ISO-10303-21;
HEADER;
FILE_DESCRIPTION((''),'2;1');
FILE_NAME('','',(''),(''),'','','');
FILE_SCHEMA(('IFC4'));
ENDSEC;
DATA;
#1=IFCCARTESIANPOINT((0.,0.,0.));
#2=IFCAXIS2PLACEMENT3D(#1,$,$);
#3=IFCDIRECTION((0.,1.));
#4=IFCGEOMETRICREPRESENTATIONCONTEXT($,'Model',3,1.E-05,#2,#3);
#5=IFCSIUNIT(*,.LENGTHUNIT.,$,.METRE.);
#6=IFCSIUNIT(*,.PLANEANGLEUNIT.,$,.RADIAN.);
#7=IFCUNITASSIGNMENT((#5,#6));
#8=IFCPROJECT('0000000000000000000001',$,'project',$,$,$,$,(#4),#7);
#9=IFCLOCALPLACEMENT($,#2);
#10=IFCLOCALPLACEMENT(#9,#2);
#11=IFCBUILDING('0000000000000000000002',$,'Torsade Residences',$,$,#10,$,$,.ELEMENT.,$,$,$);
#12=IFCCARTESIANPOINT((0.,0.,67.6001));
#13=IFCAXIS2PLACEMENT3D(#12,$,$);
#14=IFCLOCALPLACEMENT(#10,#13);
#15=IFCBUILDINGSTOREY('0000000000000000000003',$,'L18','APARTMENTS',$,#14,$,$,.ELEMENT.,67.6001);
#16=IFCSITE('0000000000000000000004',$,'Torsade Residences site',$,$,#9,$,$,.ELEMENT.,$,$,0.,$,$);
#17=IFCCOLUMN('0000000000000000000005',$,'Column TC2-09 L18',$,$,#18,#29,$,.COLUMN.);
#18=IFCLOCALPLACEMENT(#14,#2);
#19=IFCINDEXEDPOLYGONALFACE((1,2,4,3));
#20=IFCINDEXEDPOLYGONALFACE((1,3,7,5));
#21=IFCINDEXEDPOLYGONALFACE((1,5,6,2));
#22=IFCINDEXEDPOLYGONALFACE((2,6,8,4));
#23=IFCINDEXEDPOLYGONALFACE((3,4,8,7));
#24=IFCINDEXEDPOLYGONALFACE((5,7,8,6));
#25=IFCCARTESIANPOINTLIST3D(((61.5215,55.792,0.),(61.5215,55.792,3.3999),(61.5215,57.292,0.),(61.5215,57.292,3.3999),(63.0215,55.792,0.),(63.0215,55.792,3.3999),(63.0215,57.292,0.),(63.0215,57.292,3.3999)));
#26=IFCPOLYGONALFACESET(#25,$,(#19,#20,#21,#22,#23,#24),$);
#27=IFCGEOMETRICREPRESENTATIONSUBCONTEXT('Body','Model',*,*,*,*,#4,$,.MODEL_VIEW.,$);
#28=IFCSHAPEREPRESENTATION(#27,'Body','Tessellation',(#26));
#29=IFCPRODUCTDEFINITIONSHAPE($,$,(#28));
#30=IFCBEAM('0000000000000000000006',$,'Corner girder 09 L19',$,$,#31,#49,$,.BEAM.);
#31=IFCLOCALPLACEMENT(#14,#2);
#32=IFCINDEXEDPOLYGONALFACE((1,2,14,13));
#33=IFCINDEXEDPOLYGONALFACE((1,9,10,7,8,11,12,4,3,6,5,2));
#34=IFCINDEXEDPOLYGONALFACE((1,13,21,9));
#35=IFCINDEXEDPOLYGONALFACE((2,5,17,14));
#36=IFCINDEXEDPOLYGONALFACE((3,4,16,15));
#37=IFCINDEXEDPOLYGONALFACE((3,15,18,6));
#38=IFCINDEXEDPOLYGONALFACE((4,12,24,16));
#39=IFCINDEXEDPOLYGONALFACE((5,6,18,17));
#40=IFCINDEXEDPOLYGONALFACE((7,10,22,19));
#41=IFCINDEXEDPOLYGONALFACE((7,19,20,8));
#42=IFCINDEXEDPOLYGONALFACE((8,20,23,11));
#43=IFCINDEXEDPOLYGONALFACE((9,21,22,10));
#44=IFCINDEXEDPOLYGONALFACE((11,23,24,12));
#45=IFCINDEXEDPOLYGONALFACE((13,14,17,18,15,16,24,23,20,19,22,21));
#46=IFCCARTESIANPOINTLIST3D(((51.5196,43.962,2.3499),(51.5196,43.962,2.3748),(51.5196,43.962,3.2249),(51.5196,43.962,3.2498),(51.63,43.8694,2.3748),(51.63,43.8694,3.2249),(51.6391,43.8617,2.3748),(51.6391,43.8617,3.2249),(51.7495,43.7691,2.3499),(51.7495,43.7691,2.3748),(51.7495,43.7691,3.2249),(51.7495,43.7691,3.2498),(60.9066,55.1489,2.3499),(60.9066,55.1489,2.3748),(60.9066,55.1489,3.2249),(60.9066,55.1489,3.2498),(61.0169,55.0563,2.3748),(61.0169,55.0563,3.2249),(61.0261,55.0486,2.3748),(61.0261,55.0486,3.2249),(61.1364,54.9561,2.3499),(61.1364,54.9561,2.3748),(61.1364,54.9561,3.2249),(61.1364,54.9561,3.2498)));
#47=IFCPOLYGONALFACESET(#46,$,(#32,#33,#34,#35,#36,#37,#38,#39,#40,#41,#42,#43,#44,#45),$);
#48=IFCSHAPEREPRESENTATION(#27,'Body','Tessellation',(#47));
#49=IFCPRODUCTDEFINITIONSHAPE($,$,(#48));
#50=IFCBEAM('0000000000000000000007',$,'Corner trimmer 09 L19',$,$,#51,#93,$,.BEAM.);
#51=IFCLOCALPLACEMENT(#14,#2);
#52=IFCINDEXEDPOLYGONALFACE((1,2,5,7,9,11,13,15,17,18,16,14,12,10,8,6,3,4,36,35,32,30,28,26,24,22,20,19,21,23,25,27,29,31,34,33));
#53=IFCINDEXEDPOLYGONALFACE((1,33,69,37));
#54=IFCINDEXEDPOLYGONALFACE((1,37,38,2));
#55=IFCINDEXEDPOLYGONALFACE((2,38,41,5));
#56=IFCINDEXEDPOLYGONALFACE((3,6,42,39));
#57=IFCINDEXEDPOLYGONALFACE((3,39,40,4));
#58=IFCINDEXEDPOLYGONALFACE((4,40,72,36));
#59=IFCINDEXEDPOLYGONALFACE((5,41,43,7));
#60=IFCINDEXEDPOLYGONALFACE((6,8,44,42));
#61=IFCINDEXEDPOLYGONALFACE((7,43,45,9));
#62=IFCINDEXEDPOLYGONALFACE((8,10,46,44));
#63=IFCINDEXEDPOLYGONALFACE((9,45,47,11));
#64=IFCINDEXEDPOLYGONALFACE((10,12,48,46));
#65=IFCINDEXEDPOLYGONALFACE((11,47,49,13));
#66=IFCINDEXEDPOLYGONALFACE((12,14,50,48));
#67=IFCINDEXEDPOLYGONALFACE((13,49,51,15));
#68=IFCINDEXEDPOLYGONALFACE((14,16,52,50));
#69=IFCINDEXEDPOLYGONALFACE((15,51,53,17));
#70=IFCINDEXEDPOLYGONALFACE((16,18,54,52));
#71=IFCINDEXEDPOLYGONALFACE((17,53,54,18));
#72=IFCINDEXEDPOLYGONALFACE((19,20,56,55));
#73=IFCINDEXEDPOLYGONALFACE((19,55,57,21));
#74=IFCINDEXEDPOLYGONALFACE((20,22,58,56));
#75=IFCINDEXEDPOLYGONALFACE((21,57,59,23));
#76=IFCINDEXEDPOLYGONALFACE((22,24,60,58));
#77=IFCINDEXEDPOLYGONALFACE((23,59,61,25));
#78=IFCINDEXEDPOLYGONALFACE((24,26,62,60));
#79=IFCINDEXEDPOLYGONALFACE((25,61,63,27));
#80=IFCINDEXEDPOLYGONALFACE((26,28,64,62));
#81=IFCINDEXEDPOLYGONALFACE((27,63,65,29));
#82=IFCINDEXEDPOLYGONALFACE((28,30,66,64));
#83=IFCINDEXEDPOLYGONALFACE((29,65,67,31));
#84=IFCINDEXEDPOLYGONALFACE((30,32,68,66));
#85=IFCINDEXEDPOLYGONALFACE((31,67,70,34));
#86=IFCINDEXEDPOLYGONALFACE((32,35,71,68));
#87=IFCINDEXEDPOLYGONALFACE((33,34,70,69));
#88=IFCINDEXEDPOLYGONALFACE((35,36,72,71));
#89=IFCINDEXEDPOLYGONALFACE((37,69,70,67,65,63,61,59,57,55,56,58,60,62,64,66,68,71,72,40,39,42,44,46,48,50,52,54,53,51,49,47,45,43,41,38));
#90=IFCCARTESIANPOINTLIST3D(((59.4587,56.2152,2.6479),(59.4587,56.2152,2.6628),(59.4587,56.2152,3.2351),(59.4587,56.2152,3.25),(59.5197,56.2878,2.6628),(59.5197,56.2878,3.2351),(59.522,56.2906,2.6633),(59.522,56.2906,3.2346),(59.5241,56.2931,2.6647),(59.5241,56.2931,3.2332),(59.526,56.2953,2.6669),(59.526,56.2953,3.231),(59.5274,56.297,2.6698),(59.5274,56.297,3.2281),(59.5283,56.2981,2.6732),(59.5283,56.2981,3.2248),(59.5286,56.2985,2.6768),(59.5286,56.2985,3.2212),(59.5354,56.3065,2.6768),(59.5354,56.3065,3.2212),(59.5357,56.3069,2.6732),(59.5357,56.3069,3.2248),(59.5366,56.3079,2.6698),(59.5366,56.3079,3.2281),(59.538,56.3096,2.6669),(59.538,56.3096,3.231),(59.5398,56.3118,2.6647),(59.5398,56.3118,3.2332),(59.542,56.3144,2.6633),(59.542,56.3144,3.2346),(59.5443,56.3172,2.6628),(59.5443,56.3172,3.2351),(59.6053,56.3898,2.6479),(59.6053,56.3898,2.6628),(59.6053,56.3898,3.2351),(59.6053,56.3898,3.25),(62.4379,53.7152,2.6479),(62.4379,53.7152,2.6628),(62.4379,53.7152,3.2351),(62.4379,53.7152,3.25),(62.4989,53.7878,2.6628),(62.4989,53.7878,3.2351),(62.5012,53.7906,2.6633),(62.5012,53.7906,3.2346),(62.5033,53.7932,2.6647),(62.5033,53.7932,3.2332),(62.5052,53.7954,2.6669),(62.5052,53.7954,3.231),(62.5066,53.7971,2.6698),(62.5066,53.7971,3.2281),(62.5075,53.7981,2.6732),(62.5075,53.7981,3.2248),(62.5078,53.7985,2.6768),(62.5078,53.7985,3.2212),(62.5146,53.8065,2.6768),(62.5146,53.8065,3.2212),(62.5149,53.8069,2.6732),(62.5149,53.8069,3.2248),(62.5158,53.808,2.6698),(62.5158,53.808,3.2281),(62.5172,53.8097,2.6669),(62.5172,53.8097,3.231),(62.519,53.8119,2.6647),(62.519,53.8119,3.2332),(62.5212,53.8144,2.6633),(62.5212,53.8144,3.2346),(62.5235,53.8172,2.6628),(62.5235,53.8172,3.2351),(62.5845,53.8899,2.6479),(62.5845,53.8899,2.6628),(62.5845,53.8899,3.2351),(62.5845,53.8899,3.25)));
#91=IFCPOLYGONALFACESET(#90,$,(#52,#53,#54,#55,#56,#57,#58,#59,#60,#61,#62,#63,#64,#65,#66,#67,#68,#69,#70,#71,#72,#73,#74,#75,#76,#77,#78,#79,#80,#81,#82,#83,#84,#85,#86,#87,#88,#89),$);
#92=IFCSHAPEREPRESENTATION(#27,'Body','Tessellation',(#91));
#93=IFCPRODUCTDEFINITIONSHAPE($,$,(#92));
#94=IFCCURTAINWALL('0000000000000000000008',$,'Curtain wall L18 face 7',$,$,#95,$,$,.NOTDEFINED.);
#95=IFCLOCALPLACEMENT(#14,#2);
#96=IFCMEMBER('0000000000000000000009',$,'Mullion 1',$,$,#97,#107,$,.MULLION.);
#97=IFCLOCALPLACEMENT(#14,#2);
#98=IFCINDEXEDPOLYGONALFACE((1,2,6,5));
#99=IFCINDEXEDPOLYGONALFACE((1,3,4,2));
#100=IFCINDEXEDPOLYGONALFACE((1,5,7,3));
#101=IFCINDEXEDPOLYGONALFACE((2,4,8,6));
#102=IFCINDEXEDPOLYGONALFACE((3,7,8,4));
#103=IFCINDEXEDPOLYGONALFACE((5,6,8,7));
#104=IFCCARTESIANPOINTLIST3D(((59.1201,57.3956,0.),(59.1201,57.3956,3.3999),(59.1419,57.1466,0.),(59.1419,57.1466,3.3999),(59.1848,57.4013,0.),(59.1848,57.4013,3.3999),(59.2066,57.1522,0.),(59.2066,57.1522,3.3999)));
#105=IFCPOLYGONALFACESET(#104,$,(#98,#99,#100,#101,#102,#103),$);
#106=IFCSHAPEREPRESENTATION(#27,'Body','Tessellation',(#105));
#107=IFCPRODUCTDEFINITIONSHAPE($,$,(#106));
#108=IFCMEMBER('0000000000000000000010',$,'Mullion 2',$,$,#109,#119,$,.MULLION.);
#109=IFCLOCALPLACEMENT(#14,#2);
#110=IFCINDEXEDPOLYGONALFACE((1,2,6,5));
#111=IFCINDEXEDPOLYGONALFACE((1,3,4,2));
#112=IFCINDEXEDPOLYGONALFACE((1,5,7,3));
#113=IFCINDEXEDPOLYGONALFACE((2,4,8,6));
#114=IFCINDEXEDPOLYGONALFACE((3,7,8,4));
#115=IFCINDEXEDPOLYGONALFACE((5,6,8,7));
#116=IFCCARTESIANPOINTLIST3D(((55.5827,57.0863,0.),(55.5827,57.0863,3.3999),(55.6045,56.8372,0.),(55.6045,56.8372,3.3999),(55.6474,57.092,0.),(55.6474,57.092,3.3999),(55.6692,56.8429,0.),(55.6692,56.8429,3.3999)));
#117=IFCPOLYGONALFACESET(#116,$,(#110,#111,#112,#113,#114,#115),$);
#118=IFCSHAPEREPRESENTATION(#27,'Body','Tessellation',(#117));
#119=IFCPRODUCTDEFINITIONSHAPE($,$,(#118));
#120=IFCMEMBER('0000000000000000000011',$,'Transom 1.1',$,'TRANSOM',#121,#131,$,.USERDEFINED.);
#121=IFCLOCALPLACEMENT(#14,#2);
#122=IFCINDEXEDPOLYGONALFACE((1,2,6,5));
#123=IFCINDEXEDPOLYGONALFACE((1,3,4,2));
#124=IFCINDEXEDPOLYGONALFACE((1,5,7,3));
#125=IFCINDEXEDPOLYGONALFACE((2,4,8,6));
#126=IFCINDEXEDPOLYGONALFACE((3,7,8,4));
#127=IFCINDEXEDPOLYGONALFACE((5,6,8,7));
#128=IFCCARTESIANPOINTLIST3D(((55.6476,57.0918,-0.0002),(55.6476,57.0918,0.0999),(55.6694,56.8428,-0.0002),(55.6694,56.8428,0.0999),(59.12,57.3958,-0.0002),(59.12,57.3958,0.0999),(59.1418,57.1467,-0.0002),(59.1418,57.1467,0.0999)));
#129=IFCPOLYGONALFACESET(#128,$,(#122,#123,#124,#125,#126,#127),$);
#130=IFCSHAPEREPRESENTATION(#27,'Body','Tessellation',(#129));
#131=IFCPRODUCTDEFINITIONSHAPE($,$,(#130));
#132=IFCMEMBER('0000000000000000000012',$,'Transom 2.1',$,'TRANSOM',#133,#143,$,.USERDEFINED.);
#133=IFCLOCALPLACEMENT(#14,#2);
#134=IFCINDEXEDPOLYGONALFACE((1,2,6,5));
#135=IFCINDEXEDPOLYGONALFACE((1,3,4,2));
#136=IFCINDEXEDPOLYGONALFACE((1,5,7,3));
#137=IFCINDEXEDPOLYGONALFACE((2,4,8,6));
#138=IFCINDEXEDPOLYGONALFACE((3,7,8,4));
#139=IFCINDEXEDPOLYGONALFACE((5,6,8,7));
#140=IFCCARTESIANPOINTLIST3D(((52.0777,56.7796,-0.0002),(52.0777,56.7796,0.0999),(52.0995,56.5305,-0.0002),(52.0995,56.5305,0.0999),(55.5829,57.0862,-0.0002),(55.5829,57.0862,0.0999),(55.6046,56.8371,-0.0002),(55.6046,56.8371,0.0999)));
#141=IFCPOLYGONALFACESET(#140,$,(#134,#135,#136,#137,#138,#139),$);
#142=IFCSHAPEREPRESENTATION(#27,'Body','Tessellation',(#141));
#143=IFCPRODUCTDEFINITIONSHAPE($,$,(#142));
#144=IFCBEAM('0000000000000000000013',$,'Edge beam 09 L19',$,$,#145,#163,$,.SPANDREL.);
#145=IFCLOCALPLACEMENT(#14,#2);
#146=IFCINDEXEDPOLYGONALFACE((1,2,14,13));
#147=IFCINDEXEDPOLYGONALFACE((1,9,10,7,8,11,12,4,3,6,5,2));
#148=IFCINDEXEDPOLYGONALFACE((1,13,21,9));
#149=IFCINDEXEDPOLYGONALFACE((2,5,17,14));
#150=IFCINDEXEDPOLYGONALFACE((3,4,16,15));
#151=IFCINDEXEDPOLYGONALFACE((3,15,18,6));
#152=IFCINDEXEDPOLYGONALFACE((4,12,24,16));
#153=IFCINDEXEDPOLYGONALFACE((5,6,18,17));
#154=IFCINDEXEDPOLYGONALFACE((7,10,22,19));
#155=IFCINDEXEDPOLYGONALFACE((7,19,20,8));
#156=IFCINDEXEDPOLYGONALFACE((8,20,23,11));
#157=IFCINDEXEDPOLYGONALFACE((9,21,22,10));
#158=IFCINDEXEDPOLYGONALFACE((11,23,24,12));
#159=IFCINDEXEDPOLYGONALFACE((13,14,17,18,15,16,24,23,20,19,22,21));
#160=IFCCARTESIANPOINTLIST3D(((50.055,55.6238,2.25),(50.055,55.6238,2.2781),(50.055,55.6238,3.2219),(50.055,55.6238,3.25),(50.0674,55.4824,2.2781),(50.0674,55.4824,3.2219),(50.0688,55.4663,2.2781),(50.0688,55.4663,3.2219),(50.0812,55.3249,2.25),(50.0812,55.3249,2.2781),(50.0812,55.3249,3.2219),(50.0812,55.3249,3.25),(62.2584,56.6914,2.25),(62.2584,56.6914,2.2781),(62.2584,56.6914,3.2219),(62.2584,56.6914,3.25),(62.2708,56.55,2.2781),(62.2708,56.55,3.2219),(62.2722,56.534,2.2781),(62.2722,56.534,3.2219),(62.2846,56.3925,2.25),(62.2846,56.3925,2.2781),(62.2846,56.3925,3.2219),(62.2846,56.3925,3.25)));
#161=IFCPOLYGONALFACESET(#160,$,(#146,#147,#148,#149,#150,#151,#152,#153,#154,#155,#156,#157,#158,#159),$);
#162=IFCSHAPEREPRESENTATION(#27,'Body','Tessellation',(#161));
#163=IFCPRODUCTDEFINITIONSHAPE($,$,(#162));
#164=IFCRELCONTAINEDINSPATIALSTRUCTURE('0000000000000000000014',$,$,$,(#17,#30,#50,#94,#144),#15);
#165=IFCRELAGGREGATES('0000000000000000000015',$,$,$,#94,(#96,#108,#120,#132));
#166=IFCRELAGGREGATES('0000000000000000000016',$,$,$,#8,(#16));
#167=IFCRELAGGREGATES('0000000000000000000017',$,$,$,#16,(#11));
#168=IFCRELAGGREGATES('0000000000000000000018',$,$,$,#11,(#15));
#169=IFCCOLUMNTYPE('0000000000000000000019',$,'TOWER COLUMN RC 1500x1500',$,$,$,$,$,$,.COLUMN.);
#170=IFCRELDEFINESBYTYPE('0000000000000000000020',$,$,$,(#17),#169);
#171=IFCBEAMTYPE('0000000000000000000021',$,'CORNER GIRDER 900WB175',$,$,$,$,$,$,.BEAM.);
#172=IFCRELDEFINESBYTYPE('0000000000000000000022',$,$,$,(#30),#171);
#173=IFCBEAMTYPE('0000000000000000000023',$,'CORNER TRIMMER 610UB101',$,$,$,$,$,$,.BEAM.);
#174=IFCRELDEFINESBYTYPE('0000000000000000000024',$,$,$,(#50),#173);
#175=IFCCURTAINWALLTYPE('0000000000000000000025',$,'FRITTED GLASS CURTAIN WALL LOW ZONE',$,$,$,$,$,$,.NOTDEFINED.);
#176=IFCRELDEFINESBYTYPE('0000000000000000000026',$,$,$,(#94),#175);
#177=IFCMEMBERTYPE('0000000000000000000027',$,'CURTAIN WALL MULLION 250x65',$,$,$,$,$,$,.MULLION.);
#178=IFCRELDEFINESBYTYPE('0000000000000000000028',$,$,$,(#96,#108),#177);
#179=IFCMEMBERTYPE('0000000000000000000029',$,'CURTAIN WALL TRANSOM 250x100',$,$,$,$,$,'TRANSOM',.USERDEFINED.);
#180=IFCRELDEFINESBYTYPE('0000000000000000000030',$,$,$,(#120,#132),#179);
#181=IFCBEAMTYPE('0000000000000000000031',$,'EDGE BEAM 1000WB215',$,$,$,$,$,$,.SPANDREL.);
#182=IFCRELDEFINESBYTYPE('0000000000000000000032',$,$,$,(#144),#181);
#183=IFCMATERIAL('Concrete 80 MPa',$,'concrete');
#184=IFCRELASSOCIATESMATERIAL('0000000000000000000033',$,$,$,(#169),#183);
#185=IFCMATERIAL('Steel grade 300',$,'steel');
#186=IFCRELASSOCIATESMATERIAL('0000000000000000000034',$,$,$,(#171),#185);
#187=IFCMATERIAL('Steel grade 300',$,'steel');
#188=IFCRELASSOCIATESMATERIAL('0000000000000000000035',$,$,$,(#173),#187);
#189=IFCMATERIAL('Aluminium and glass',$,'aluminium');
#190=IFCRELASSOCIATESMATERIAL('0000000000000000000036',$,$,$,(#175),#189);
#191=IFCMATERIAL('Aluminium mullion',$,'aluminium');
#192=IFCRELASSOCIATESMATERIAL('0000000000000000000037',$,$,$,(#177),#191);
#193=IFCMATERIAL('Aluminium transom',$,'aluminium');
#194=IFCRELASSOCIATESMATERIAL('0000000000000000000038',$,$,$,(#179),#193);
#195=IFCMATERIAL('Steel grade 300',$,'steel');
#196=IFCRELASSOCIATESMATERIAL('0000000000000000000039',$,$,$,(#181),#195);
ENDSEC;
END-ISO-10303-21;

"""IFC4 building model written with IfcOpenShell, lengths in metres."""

from ifc_helpers import new_model, si_unit, direction, frame, origin, origin_2d, place, context, subcontext, project, spatial, rectangle, i_section, extrude, material, material_profile, profile_set, type_object, element, aggregate, save


model = new_model("IFC4")

# Units and contexts
model_context = context("Model", 3, precision=1e-05, world=origin(), true_north=direction((0.0, 1.0)))
body_context = subcontext(model_context, "Body", "Model", "MODEL_VIEW")
ifc_project = project(units=[si_unit("LENGTHUNIT", "METRE"), si_unit("PLANEANGLEUNIT", "RADIAN")], contexts=[model_context])

# Site, building, storey
site_placement = place(None, origin())
site = spatial("IfcSite", under=ifc_project, at=site_placement, Name="Torsade Residences site", CompositionType="ELEMENT", RefElevation=0.0)
building_placement = place(site_placement, origin())
building = spatial("IfcBuilding", under=site, at=building_placement, Name="Torsade Residences", CompositionType="ELEMENT")
storey_placement = place(building_placement, frame((0.0, 0.0, 67.6001)))
storey = spatial("IfcBuildingStorey", under=building, at=storey_placement, Name="L18", Description="APARTMENTS", CompositionType="ELEMENT", Elevation=67.6001)

# Column
ifc_material_1 = material(Name="Concrete 80 MPa", Category="concrete")
ifc_material_profile_1 = material_profile(ifc_material_1, rectangle(XDim=1.5, YDim=1.5, at=origin_2d()), Name="RC 1500x1500")
ifc_profile_set_1 = profile_set([ifc_material_profile_1], Name="Concrete 80 MPa")
column_type = type_object("IfcColumnType", Name="TOWER COLUMN RC 1500x1500", PredefinedType="COLUMN", material=ifc_profile_set_1)
column_placement = place(storey_placement, frame((62.2715, 56.542, 0.0), z_axis=(0.0, 0.0, 1.0), x_axis=(1.0, 0.0, 0.0)))
element("IfcColumn", 1, at=column_placement, inside=storey, type_object=column_type, Name="Column TC2-09 L18", PredefinedType="COLUMN", context=body_context, shape_type="SweptSolid", body=[
    extrude(rectangle(XDim=1.5, YDim=1.5, at=origin_2d()), origin(), (0.0, 0.0, 1.0), 3.3999),
])

# Beams
ifc_material_2 = material(Name="Steel grade 300", Category="steel")
ifc_material_profile_2 = material_profile(ifc_material_2, i_section(OverallWidth=0.3, OverallDepth=0.8999, WebThickness=0.012, FlangeThickness=0.0249, at=origin_2d()), Name="900WB175")
ifc_profile_set_2 = profile_set([ifc_material_profile_2], Name="Steel grade 300")
beam_type_1 = type_object("IfcBeamType", Name="CORNER GIRDER 900WB175", PredefinedType="BEAM", material=ifc_profile_set_2)
beam_1_placement = place(storey_placement, frame((61.0215, 55.0525, 2.7998), z_axis=(-0.642785, -0.766046, 0.0), x_axis=(0.766046, -0.642785, 0.0)))
element("IfcBeam", 2, at=beam_1_placement, inside=storey, type_object=beam_type_1, Name="Corner girder 09 L19", PredefinedType="BEAM", context=body_context, shape_type="SweptSolid", body=[
    extrude(i_section(OverallWidth=0.3, OverallDepth=0.8999, WebThickness=0.012, FlangeThickness=0.0249, at=origin_2d()), origin(), (0.0, 0.0, 1.0), 14.6035),
])
ifc_material_3 = material(Name="Steel grade 300", Category="steel")
ifc_material_profile_3 = material_profile(ifc_material_3, i_section(OverallWidth=0.228, OverallDepth=0.6021, WebThickness=0.0105, FlangeThickness=0.0149, FilletRadius=0.0139, at=origin_2d()), Name="610UB101")
ifc_profile_set_3 = profile_set([ifc_material_profile_3], Name="Steel grade 300")
beam_type_2 = type_object("IfcBeamType", Name="CORNER TRIMMER 610UB101", PredefinedType="BEAM", material=ifc_profile_set_3)
beam_2_placement = place(storey_placement, frame((59.532, 56.3025, 2.949), z_axis=(0.76603, -0.642805, 0.0), x_axis=(0.642805, 0.76603, 0.0)))
element("IfcBeam", 3, at=beam_2_placement, inside=storey, type_object=beam_type_2, Name="Corner trimmer 09 L19", PredefinedType="BEAM", context=body_context, shape_type="SweptSolid", body=[
    extrude(i_section(OverallWidth=0.228, OverallDepth=0.6021, WebThickness=0.0105, FlangeThickness=0.0149, FilletRadius=0.0139, at=origin_2d()), origin(), (0.0, 0.0, 1.0), 3.8892),
])

# Curtain wall, members
ifc_material_4 = material(Name="Aluminium and glass", Category="aluminium")
curtain_wall_type = type_object("IfcCurtainWallType", Name="FRITTED GLASS CURTAIN WALL LOW ZONE", PredefinedType="NOTDEFINED", material=ifc_material_4)
curtain_wall_placement = place(storey_placement, origin())
curtain_wall = element("IfcCurtainWall", 4, at=curtain_wall_placement, inside=storey, type_object=curtain_wall_type, Name="Curtain wall L18 face 7", PredefinedType="NOTDEFINED")
ifc_material_5 = material(Name="Aluminium mullion", Category="aluminium")
ifc_material_profile_4 = material_profile(ifc_material_5, rectangle(XDim=0.25, YDim=0.0649, at=origin_2d()), Name="CURTAIN WALL MULLION 250x65")
ifc_profile_set_4 = profile_set([ifc_material_profile_4], Name="Aluminium mullion")
member_type_1 = type_object("IfcMemberType", Name="CURTAIN WALL MULLION 250x65", PredefinedType="MULLION", material=ifc_profile_set_4)
member_1_placement = place(storey_placement, frame((59.1633, 57.2739, 0.0), z_axis=(0.0, 0.0, 1.0), x_axis=(0.087156, -0.996195, 0.0)))
member_1 = element("IfcMember", 5, at=member_1_placement, type_object=member_type_1, Name="Mullion 1", PredefinedType="MULLION", context=body_context, shape_type="SweptSolid", body=[
    extrude(rectangle(XDim=0.25, YDim=0.0649, at=origin_2d()), origin(), (0.0, 0.0, 1.0), 3.3999),
])
member_2_placement = place(storey_placement, frame((55.626, 56.9646, 0.0), z_axis=(0.0, 0.0, 1.0), x_axis=(0.087156, -0.996195, 0.0)))
member_2 = element("IfcMember", 6, at=member_2_placement, type_object=member_type_1, Name="Mullion 2", PredefinedType="MULLION", context=body_context, shape_type="SweptSolid", body=[
    extrude(rectangle(XDim=0.25, YDim=0.0649, at=origin_2d()), origin(), (0.0, 0.0, 1.0), 3.3999),
])
ifc_material_6 = material(Name="Aluminium transom", Category="aluminium")
ifc_material_profile_5 = material_profile(ifc_material_6, rectangle(XDim=0.25, YDim=0.1001, at=origin_2d()), Name="CURTAIN WALL TRANSOM 250x100")
ifc_profile_set_5 = profile_set([ifc_material_profile_5], Name="Aluminium transom")
member_type_2 = type_object("IfcMemberType", Name="CURTAIN WALL TRANSOM 250x100", ElementType="TRANSOM", PredefinedType="USERDEFINED", material=ifc_profile_set_5)
member_3_placement = place(storey_placement, frame((59.1309, 57.2712, 0.0498), z_axis=(-0.996191, -0.087201, 0.0), x_axis=(0.087201, -0.996191, 0.0)))
member_3 = element("IfcMember", 7, at=member_3_placement, type_object=member_type_2, Name="Transom 1.1", ObjectType="TRANSOM", PredefinedType="USERDEFINED", context=body_context, shape_type="SweptSolid", body=[
    extrude(rectangle(XDim=0.25, YDim=0.1001, at=origin_2d()), origin(), (0.0, 0.0, 1.0), 3.4856),
])
member_4_placement = place(storey_placement, frame((55.5938, 56.9617, 0.0498), z_axis=(-0.996195, -0.087151, 0.0), x_axis=(0.087151, -0.996195, 0.0)))
member_4 = element("IfcMember", 8, at=member_4_placement, type_object=member_type_2, Name="Transom 2.1", ObjectType="TRANSOM", PredefinedType="USERDEFINED", context=body_context, shape_type="SweptSolid", body=[
    extrude(rectangle(XDim=0.25, YDim=0.1001, at=origin_2d()), origin(), (0.0, 0.0, 1.0), 3.5186),
])

# Beam
ifc_material_7 = material(Name="Steel grade 300", Category="steel")
ifc_material_profile_6 = material_profile(ifc_material_7, i_section(OverallWidth=0.3, OverallDepth=1.0, WebThickness=0.0161, FlangeThickness=0.0281, at=origin_2d()), Name="1000WB215")
ifc_profile_set_6 = profile_set([ifc_material_profile_6], Name="Steel grade 300")
beam_type_3 = type_object("IfcBeamType", Name="EDGE BEAM 1000WB215", PredefinedType="SPANDREL", material=ifc_profile_set_6)
beam_3_placement = place(storey_placement, frame((62.2715, 56.542, 2.75), z_axis=(-0.996195, -0.087153, 0.0), x_axis=(0.087153, -0.996195, 0.0)))
element("IfcBeam", 9, at=beam_3_placement, inside=storey, type_object=beam_type_3, Name="Edge beam 09 L19", PredefinedType="SPANDREL", context=body_context, shape_type="SweptSolid", body=[
    extrude(i_section(OverallWidth=0.3, OverallDepth=1.0, WebThickness=0.0161, FlangeThickness=0.0281, at=origin_2d()), origin(), (0.0, 0.0, 1.0), 12.25),
])

aggregate(curtain_wall, [member_1, member_2, member_3, member_4])

save(model, "model.ifc")
